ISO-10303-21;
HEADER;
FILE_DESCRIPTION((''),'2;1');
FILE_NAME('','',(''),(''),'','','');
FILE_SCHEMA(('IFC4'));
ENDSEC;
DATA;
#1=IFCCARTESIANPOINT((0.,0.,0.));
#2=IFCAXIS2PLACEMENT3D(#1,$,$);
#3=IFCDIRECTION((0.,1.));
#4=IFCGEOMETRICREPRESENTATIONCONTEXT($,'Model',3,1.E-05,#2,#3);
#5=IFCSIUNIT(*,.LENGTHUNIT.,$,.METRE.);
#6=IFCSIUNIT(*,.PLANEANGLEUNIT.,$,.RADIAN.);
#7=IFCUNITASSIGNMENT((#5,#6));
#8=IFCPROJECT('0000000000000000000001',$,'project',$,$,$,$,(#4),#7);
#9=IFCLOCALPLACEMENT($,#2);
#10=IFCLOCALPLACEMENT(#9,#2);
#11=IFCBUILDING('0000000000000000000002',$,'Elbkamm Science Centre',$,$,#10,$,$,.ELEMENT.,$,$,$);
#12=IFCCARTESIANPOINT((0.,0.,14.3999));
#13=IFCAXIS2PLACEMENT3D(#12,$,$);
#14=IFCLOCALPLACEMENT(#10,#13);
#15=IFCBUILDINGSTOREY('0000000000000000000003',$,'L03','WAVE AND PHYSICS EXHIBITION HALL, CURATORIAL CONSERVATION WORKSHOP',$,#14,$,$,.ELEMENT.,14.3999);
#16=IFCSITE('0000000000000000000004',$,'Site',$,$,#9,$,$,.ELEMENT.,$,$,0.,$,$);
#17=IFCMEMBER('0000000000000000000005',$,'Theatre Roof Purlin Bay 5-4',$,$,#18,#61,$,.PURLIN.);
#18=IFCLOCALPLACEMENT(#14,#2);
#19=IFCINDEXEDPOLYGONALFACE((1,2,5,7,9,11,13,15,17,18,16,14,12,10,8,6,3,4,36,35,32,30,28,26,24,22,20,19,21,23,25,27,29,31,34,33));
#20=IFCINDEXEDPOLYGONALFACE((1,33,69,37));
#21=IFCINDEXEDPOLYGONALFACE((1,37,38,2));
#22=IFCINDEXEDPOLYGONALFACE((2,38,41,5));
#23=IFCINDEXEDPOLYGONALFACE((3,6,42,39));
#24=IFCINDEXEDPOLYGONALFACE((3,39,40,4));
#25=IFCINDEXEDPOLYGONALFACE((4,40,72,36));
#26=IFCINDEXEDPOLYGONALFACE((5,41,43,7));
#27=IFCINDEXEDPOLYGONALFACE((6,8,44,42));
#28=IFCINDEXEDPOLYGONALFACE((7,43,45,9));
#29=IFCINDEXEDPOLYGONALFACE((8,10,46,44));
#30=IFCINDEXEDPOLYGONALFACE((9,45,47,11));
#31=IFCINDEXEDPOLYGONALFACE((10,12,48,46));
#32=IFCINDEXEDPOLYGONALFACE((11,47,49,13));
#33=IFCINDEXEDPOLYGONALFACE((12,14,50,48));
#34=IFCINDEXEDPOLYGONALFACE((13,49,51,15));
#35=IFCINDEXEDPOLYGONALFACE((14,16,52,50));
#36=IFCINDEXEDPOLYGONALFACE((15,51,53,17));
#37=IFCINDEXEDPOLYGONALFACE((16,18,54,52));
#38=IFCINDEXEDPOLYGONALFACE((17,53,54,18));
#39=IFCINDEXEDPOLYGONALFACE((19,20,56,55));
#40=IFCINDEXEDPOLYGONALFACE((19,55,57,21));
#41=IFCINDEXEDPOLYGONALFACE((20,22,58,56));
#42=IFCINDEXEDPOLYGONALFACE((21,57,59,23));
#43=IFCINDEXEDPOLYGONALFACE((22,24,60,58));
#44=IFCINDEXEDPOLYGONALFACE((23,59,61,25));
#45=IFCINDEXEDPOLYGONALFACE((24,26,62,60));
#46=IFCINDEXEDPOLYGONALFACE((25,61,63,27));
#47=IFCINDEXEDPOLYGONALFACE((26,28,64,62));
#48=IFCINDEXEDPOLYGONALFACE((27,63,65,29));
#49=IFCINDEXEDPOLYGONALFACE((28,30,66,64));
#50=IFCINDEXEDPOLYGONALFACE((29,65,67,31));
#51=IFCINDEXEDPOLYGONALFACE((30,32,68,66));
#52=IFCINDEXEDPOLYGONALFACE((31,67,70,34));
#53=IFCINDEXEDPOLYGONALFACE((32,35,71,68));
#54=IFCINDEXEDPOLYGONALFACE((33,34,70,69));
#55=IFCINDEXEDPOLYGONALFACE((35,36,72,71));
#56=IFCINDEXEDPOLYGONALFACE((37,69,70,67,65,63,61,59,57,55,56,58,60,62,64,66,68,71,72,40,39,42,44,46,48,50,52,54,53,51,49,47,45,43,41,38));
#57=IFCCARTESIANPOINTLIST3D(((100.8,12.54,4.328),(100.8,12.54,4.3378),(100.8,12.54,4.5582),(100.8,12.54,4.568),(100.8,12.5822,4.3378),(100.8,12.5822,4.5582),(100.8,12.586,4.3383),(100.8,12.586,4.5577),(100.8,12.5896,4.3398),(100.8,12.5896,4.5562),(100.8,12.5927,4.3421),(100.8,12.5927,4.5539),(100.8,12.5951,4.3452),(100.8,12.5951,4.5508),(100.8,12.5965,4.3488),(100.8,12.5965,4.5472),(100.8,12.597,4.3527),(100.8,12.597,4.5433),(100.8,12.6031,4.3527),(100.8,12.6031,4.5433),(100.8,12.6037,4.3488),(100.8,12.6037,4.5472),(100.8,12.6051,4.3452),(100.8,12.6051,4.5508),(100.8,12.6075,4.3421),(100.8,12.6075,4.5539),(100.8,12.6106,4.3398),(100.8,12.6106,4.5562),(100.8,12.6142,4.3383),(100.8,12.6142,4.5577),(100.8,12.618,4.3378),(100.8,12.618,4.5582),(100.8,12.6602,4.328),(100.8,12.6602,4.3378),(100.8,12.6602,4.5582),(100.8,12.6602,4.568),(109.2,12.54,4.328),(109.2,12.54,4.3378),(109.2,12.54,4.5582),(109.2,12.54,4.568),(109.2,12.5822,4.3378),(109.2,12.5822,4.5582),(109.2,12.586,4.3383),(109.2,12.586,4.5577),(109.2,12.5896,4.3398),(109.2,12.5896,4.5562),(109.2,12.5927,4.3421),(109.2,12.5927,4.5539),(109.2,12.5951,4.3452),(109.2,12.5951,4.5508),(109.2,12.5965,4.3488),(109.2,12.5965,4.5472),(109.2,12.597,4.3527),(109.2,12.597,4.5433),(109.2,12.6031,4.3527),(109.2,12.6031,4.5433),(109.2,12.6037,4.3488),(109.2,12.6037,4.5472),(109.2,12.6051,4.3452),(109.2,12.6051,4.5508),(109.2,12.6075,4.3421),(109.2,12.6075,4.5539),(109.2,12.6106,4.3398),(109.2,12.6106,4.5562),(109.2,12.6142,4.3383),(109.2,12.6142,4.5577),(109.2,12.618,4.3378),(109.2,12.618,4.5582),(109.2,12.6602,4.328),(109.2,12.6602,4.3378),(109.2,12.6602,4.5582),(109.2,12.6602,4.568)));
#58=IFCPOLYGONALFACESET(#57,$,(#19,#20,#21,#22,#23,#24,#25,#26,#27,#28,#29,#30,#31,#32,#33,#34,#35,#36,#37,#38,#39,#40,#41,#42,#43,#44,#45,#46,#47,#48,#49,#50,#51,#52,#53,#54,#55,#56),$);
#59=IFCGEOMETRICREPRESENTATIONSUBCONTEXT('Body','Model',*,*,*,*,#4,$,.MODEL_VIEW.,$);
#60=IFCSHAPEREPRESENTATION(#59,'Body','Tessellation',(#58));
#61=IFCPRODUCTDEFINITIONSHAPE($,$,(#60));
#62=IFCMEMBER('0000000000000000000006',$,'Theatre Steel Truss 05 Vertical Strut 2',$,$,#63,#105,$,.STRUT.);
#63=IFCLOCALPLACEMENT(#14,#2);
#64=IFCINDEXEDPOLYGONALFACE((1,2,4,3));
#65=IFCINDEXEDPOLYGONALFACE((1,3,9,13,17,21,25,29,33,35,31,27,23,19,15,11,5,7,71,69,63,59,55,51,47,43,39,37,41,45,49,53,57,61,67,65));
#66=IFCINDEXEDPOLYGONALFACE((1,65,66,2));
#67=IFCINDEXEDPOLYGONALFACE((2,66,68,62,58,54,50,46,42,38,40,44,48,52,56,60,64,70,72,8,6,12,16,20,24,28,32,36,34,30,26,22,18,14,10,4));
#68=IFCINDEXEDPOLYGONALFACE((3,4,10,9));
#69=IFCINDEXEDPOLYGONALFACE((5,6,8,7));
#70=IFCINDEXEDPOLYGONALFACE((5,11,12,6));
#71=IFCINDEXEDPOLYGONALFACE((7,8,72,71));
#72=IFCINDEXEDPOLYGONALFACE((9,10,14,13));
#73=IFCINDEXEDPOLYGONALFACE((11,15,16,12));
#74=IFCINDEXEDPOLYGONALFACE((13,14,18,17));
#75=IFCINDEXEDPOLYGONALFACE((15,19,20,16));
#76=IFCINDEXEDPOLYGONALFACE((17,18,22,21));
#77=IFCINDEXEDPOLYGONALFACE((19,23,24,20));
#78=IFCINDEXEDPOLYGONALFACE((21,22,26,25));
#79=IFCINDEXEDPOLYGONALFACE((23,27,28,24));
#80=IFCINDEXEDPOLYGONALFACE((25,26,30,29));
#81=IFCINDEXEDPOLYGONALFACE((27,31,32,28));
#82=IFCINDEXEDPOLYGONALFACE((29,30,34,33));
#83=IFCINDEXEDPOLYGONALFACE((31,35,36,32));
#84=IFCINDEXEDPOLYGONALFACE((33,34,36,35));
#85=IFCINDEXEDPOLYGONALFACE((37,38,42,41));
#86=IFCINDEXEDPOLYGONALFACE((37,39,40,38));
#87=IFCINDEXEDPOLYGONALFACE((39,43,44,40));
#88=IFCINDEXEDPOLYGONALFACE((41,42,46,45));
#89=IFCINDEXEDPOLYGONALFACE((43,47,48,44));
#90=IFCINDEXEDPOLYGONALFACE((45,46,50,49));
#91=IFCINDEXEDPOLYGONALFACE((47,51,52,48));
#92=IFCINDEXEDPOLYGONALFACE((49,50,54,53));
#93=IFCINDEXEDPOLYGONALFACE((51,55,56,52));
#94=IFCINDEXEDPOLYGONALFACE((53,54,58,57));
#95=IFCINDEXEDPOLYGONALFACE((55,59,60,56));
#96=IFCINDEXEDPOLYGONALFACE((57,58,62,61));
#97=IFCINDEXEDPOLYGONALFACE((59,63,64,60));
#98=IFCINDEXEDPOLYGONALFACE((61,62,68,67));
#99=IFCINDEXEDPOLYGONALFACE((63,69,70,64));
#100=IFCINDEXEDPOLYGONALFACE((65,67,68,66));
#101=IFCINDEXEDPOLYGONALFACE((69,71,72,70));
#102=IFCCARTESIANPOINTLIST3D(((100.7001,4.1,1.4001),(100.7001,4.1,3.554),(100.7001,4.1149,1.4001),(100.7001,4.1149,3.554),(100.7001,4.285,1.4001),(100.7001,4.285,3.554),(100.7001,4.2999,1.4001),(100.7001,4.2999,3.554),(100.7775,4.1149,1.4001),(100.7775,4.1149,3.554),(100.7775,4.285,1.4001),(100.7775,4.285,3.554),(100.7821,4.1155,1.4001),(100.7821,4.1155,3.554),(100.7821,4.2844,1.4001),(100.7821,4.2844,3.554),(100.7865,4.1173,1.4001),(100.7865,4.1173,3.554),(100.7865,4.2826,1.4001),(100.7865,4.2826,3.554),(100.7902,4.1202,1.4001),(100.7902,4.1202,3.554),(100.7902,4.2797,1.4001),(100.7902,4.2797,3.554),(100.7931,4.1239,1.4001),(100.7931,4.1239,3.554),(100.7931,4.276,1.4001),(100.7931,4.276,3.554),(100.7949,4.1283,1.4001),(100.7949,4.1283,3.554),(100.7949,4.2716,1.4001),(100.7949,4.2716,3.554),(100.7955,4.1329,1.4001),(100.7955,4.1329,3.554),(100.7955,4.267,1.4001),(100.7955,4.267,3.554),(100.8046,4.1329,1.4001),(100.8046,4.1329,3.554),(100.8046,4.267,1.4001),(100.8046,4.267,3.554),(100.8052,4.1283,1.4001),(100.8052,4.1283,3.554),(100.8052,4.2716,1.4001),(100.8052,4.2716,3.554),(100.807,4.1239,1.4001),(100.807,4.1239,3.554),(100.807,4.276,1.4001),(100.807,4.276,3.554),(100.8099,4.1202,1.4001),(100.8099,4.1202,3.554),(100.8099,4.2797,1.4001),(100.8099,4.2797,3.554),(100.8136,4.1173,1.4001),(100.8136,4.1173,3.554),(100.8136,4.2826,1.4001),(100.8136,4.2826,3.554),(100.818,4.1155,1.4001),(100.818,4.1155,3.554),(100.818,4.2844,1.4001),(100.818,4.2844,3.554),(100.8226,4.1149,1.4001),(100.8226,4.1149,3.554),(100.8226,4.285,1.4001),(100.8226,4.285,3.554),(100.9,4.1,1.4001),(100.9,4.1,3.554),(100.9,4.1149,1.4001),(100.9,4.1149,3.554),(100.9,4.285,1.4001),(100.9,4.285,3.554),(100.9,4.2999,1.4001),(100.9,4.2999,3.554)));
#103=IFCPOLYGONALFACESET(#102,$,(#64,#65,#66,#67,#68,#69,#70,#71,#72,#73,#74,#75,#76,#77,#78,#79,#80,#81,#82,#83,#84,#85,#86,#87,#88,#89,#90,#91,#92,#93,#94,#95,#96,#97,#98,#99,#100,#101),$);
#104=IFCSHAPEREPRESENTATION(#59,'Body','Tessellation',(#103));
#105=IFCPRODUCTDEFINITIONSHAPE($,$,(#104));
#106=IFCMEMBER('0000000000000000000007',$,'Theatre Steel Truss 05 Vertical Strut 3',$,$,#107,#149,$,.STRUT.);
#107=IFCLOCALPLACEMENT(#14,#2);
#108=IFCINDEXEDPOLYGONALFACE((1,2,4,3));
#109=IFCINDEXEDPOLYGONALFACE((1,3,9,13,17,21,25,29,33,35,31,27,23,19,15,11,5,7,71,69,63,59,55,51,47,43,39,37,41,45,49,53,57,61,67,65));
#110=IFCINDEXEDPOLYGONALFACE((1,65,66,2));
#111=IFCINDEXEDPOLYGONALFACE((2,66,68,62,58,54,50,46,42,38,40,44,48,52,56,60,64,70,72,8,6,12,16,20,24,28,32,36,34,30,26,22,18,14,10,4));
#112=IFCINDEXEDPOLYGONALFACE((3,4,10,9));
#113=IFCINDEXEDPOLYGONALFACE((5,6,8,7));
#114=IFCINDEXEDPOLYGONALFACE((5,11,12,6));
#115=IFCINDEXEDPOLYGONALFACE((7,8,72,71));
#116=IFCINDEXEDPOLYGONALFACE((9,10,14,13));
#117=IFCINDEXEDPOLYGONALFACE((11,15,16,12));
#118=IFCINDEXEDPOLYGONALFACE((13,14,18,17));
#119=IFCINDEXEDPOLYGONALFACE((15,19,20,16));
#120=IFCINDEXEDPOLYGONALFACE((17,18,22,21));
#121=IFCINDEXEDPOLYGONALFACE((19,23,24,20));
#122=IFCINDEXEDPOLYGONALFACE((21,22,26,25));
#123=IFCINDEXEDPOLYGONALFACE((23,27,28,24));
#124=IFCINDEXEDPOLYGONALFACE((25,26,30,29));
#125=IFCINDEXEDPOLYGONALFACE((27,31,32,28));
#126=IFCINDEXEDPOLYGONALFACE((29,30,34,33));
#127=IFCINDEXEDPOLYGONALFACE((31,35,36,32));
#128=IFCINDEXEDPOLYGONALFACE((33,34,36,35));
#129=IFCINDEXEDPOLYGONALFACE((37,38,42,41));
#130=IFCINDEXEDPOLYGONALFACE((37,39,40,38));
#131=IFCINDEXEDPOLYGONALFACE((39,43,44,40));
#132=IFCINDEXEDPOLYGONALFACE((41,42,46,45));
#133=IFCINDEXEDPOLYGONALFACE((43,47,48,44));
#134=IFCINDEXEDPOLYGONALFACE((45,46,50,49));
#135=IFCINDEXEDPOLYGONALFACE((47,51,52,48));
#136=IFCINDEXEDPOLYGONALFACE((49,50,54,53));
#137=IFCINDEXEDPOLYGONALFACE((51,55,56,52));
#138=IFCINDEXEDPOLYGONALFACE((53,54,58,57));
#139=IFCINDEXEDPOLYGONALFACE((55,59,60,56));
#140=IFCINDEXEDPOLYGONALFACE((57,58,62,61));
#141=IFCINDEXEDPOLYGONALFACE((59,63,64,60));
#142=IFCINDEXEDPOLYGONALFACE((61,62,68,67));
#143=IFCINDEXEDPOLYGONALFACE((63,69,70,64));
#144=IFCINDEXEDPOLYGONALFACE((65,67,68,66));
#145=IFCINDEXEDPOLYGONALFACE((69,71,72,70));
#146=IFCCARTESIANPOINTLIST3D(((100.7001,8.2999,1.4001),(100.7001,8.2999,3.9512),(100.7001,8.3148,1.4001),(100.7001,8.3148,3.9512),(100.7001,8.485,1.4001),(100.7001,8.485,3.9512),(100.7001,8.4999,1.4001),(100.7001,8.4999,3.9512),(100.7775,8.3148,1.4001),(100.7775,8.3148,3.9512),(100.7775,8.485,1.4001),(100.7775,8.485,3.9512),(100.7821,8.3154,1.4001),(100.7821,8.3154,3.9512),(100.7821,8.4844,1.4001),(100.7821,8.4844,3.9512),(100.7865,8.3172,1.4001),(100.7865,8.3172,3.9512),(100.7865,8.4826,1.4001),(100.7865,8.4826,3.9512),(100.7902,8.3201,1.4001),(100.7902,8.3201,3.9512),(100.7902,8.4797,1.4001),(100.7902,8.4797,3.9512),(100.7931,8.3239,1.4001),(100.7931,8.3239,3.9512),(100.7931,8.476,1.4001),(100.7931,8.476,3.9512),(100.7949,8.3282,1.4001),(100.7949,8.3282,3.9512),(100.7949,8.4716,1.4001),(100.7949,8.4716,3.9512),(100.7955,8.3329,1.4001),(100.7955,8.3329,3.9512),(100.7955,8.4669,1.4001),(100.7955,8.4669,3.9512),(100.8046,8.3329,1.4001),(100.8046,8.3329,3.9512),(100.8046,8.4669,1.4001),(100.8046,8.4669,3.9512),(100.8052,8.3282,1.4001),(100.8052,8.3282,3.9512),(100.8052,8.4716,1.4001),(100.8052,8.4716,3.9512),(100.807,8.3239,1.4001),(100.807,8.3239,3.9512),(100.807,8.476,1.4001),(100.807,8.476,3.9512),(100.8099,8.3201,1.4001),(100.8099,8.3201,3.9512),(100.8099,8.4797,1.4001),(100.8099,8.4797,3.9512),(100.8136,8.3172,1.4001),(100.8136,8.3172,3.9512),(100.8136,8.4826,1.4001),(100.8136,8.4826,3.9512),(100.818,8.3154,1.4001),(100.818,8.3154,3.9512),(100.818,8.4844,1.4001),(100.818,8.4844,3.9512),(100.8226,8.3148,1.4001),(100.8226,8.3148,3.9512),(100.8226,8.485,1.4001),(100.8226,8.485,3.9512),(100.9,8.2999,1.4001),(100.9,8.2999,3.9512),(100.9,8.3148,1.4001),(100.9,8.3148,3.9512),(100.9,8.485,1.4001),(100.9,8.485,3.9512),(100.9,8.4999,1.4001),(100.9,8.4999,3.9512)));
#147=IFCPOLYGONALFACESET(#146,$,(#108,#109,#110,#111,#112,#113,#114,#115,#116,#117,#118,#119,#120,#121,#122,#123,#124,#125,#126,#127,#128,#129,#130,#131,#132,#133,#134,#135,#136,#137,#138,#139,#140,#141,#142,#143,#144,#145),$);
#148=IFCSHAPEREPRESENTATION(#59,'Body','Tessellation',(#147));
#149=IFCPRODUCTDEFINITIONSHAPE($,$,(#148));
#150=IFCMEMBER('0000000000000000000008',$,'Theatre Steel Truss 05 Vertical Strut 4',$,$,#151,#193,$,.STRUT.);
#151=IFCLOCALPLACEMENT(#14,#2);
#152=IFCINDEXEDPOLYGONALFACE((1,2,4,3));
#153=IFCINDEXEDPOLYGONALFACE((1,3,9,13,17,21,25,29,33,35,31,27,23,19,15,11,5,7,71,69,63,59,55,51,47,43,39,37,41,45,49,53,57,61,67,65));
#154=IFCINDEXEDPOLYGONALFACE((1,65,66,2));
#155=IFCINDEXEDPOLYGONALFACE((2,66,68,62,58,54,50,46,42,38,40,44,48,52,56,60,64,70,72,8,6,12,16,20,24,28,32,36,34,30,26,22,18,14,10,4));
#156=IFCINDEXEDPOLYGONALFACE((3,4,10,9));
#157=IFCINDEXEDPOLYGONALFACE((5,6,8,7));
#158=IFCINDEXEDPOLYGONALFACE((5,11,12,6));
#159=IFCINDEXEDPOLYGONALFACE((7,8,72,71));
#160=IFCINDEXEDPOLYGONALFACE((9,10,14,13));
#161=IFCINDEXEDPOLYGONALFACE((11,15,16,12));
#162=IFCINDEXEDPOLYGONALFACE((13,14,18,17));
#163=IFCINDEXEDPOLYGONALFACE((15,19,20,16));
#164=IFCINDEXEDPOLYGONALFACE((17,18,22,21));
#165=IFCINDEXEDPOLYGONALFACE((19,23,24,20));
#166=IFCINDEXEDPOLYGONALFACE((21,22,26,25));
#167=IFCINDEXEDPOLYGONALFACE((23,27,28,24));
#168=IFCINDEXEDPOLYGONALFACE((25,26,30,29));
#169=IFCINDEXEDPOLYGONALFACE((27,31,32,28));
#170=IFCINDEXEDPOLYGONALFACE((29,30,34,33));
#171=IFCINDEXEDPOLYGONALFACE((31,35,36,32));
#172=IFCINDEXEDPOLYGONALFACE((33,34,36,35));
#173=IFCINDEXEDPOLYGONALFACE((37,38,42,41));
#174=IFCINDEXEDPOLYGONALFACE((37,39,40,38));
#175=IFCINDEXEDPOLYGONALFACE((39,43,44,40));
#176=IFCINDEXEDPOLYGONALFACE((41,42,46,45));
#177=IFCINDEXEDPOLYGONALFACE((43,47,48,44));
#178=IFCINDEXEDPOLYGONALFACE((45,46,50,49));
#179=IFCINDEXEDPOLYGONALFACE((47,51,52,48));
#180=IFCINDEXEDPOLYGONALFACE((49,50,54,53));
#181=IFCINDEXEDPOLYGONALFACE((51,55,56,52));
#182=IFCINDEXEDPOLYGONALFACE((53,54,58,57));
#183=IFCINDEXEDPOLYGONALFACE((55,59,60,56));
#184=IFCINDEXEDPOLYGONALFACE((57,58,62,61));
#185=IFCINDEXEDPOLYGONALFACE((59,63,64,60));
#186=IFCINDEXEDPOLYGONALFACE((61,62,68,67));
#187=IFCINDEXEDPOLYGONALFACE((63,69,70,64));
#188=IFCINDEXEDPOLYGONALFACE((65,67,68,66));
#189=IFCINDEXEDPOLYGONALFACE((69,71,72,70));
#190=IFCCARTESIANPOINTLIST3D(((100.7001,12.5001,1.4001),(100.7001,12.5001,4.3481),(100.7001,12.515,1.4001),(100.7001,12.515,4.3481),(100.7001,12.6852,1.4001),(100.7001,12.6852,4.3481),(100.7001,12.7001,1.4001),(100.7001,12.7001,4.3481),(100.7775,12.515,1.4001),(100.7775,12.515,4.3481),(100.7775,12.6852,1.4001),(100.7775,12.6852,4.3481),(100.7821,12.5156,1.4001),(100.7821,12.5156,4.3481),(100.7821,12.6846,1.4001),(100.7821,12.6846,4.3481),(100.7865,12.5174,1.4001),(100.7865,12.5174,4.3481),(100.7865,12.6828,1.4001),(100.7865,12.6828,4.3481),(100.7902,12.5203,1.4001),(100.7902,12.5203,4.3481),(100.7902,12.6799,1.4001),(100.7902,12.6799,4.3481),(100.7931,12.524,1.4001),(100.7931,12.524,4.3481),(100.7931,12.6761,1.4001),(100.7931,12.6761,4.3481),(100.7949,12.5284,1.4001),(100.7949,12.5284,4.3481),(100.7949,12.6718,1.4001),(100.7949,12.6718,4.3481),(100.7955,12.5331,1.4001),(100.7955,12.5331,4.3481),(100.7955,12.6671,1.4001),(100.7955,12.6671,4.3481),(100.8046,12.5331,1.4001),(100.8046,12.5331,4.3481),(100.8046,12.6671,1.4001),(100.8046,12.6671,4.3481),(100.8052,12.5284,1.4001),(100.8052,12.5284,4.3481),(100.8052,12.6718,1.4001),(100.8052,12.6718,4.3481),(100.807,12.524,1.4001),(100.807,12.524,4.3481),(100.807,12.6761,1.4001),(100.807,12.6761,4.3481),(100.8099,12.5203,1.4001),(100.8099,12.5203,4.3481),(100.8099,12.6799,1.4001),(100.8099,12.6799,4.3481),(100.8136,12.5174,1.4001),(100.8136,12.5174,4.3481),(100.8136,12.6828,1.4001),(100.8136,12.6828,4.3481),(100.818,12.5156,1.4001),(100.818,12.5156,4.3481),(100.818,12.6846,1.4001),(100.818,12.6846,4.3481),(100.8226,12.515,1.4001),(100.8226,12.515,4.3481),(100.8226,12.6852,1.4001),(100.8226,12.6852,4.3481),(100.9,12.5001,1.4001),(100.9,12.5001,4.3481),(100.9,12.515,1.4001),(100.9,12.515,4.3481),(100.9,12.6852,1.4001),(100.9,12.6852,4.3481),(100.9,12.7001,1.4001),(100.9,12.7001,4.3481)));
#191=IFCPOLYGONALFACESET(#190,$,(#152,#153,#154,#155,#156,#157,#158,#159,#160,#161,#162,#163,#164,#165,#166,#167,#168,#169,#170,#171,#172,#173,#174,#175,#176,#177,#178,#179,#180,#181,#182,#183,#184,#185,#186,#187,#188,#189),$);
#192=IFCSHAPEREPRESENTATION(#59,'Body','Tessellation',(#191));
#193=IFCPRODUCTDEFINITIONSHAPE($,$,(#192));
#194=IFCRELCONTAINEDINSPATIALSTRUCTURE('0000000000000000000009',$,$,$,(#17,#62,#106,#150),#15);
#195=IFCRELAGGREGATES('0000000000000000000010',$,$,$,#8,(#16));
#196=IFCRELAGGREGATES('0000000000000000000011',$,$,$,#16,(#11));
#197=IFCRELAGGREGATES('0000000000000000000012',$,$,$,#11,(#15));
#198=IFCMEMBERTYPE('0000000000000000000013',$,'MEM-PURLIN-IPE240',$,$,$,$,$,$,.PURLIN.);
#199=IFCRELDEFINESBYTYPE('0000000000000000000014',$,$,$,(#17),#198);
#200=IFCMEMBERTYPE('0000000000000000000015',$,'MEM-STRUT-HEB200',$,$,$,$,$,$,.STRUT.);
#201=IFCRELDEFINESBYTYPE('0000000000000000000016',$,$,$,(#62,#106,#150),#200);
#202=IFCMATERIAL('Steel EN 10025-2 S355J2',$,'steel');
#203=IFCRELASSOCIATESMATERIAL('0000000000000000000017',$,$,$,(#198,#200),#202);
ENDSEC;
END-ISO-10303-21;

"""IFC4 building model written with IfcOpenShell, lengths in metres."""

from ifc_helpers import new_model, si_unit, direction, frame, origin, origin_2d, place, context, subcontext, project, spatial, i_section, extrude, material, material_profile, profile_set, type_object, element, save


model = new_model("IFC4")

# Units and contexts
model_context = context("Model", 3, precision=1e-05, world=origin(), true_north=direction((0.0, 1.0)))
body_context = subcontext(model_context, "Body", "Model", "MODEL_VIEW")
ifc_project = project(units=[si_unit("LENGTHUNIT", "METRE"), si_unit("PLANEANGLEUNIT", "RADIAN")], contexts=[model_context])

# Site, building, storey
site_placement = place(None, origin())
site = spatial("IfcSite", under=ifc_project, at=site_placement, Name="Site", CompositionType="ELEMENT", RefElevation=0.0)
building_placement = place(site_placement, origin())
building = spatial("IfcBuilding", under=site, at=building_placement, Name="Elbkamm Science Centre", CompositionType="ELEMENT")
storey_placement = place(building_placement, frame((0.0, 0.0, 14.3999)))
storey = spatial("IfcBuildingStorey", under=building, at=storey_placement, Name="L03", Description="WAVE AND PHYSICS EXHIBITION HALL, CURATORIAL CONSERVATION WORKSHOP", CompositionType="ELEMENT", Elevation=14.3999)

# Shared definitions
ifc_material_1 = material(Name="Steel EN 10025-2 S355J2", Category="steel")

# Members
ifc_material_profile_1 = material_profile(ifc_material_1, i_section(OverallWidth=0.1201, OverallDepth=0.24, WebThickness=0.0061, FlangeThickness=0.0098, FilletRadius=0.0149, at=origin_2d()), Name="IPE 240")
ifc_profile_set_1 = profile_set([ifc_material_profile_1], Name="Steel EN 10025-2 S355J2")
member_type_1 = type_object("IfcMemberType", Name="MEM-PURLIN-IPE240", PredefinedType="PURLIN", material=ifc_profile_set_1)
for number, where, z_axis, x_axis, name in (
    (1, (100.8, 12.6001, 4.448), (1.0, 0.0, 0.0), (0.0, 1.0, 0.0), "Theatre Roof Purlin Bay 5-4"),
):
    element("IfcMember", number, at=place(storey_placement, frame(where, z_axis=z_axis, x_axis=x_axis)), inside=storey, type_object=member_type_1, Name=name, PredefinedType="PURLIN", context=body_context, shape_type="SweptSolid", body=[
        extrude(i_section(OverallWidth=0.1201, OverallDepth=0.24, WebThickness=0.0061, FlangeThickness=0.0098, FilletRadius=0.0149, at=origin_2d()), origin(), (0.0, 0.0, 1.0), 8.3999),
    ])
ifc_material_profile_2 = material_profile(ifc_material_1, i_section(OverallWidth=0.2, OverallDepth=0.2, WebThickness=0.009, FlangeThickness=0.0149, FilletRadius=0.0181, at=origin_2d()), Name="HEB 200")
ifc_profile_set_2 = profile_set([ifc_material_profile_2], Name="Steel EN 10025-2 S355J2")
member_type_2 = type_object("IfcMemberType", Name="MEM-STRUT-HEB200", PredefinedType="STRUT", material=ifc_profile_set_2)
member_1_placement = place(storey_placement, frame((100.8, 4.2, 1.4001), z_axis=(0.0, 0.0, 1.0), x_axis=(1.0, 0.0, 0.0)))
element("IfcMember", 2, at=member_1_placement, inside=storey, type_object=member_type_2, Name="Theatre Steel Truss 05 Vertical Strut 2", PredefinedType="STRUT", context=body_context, shape_type="SweptSolid", body=[
    extrude(i_section(OverallWidth=0.2, OverallDepth=0.2, WebThickness=0.009, FlangeThickness=0.0149, FilletRadius=0.0181, at=origin_2d()), origin(), (0.0, 0.0, 1.0), 2.1538),
])
member_2_placement = place(storey_placement, frame((100.8, 8.3999, 1.4001), z_axis=(0.0, 0.0, 1.0), x_axis=(1.0, 0.0, 0.0)))
element("IfcMember", 3, at=member_2_placement, inside=storey, type_object=member_type_2, Name="Theatre Steel Truss 05 Vertical Strut 3", PredefinedType="STRUT", context=body_context, shape_type="SweptSolid", body=[
    extrude(i_section(OverallWidth=0.2, OverallDepth=0.2, WebThickness=0.009, FlangeThickness=0.0149, FilletRadius=0.0181, at=origin_2d()), origin(), (0.0, 0.0, 1.0), 2.551),
])
member_3_placement = place(storey_placement, frame((100.8, 12.6001, 1.4001), z_axis=(0.0, 0.0, 1.0), x_axis=(1.0, 0.0, 0.0)))
element("IfcMember", 4, at=member_3_placement, inside=storey, type_object=member_type_2, Name="Theatre Steel Truss 05 Vertical Strut 4", PredefinedType="STRUT", context=body_context, shape_type="SweptSolid", body=[
    extrude(i_section(OverallWidth=0.2, OverallDepth=0.2, WebThickness=0.009, FlangeThickness=0.0149, FilletRadius=0.0181, at=origin_2d()), origin(), (0.0, 0.0, 1.0), 2.948),
])

save(model, "model.ifc")
